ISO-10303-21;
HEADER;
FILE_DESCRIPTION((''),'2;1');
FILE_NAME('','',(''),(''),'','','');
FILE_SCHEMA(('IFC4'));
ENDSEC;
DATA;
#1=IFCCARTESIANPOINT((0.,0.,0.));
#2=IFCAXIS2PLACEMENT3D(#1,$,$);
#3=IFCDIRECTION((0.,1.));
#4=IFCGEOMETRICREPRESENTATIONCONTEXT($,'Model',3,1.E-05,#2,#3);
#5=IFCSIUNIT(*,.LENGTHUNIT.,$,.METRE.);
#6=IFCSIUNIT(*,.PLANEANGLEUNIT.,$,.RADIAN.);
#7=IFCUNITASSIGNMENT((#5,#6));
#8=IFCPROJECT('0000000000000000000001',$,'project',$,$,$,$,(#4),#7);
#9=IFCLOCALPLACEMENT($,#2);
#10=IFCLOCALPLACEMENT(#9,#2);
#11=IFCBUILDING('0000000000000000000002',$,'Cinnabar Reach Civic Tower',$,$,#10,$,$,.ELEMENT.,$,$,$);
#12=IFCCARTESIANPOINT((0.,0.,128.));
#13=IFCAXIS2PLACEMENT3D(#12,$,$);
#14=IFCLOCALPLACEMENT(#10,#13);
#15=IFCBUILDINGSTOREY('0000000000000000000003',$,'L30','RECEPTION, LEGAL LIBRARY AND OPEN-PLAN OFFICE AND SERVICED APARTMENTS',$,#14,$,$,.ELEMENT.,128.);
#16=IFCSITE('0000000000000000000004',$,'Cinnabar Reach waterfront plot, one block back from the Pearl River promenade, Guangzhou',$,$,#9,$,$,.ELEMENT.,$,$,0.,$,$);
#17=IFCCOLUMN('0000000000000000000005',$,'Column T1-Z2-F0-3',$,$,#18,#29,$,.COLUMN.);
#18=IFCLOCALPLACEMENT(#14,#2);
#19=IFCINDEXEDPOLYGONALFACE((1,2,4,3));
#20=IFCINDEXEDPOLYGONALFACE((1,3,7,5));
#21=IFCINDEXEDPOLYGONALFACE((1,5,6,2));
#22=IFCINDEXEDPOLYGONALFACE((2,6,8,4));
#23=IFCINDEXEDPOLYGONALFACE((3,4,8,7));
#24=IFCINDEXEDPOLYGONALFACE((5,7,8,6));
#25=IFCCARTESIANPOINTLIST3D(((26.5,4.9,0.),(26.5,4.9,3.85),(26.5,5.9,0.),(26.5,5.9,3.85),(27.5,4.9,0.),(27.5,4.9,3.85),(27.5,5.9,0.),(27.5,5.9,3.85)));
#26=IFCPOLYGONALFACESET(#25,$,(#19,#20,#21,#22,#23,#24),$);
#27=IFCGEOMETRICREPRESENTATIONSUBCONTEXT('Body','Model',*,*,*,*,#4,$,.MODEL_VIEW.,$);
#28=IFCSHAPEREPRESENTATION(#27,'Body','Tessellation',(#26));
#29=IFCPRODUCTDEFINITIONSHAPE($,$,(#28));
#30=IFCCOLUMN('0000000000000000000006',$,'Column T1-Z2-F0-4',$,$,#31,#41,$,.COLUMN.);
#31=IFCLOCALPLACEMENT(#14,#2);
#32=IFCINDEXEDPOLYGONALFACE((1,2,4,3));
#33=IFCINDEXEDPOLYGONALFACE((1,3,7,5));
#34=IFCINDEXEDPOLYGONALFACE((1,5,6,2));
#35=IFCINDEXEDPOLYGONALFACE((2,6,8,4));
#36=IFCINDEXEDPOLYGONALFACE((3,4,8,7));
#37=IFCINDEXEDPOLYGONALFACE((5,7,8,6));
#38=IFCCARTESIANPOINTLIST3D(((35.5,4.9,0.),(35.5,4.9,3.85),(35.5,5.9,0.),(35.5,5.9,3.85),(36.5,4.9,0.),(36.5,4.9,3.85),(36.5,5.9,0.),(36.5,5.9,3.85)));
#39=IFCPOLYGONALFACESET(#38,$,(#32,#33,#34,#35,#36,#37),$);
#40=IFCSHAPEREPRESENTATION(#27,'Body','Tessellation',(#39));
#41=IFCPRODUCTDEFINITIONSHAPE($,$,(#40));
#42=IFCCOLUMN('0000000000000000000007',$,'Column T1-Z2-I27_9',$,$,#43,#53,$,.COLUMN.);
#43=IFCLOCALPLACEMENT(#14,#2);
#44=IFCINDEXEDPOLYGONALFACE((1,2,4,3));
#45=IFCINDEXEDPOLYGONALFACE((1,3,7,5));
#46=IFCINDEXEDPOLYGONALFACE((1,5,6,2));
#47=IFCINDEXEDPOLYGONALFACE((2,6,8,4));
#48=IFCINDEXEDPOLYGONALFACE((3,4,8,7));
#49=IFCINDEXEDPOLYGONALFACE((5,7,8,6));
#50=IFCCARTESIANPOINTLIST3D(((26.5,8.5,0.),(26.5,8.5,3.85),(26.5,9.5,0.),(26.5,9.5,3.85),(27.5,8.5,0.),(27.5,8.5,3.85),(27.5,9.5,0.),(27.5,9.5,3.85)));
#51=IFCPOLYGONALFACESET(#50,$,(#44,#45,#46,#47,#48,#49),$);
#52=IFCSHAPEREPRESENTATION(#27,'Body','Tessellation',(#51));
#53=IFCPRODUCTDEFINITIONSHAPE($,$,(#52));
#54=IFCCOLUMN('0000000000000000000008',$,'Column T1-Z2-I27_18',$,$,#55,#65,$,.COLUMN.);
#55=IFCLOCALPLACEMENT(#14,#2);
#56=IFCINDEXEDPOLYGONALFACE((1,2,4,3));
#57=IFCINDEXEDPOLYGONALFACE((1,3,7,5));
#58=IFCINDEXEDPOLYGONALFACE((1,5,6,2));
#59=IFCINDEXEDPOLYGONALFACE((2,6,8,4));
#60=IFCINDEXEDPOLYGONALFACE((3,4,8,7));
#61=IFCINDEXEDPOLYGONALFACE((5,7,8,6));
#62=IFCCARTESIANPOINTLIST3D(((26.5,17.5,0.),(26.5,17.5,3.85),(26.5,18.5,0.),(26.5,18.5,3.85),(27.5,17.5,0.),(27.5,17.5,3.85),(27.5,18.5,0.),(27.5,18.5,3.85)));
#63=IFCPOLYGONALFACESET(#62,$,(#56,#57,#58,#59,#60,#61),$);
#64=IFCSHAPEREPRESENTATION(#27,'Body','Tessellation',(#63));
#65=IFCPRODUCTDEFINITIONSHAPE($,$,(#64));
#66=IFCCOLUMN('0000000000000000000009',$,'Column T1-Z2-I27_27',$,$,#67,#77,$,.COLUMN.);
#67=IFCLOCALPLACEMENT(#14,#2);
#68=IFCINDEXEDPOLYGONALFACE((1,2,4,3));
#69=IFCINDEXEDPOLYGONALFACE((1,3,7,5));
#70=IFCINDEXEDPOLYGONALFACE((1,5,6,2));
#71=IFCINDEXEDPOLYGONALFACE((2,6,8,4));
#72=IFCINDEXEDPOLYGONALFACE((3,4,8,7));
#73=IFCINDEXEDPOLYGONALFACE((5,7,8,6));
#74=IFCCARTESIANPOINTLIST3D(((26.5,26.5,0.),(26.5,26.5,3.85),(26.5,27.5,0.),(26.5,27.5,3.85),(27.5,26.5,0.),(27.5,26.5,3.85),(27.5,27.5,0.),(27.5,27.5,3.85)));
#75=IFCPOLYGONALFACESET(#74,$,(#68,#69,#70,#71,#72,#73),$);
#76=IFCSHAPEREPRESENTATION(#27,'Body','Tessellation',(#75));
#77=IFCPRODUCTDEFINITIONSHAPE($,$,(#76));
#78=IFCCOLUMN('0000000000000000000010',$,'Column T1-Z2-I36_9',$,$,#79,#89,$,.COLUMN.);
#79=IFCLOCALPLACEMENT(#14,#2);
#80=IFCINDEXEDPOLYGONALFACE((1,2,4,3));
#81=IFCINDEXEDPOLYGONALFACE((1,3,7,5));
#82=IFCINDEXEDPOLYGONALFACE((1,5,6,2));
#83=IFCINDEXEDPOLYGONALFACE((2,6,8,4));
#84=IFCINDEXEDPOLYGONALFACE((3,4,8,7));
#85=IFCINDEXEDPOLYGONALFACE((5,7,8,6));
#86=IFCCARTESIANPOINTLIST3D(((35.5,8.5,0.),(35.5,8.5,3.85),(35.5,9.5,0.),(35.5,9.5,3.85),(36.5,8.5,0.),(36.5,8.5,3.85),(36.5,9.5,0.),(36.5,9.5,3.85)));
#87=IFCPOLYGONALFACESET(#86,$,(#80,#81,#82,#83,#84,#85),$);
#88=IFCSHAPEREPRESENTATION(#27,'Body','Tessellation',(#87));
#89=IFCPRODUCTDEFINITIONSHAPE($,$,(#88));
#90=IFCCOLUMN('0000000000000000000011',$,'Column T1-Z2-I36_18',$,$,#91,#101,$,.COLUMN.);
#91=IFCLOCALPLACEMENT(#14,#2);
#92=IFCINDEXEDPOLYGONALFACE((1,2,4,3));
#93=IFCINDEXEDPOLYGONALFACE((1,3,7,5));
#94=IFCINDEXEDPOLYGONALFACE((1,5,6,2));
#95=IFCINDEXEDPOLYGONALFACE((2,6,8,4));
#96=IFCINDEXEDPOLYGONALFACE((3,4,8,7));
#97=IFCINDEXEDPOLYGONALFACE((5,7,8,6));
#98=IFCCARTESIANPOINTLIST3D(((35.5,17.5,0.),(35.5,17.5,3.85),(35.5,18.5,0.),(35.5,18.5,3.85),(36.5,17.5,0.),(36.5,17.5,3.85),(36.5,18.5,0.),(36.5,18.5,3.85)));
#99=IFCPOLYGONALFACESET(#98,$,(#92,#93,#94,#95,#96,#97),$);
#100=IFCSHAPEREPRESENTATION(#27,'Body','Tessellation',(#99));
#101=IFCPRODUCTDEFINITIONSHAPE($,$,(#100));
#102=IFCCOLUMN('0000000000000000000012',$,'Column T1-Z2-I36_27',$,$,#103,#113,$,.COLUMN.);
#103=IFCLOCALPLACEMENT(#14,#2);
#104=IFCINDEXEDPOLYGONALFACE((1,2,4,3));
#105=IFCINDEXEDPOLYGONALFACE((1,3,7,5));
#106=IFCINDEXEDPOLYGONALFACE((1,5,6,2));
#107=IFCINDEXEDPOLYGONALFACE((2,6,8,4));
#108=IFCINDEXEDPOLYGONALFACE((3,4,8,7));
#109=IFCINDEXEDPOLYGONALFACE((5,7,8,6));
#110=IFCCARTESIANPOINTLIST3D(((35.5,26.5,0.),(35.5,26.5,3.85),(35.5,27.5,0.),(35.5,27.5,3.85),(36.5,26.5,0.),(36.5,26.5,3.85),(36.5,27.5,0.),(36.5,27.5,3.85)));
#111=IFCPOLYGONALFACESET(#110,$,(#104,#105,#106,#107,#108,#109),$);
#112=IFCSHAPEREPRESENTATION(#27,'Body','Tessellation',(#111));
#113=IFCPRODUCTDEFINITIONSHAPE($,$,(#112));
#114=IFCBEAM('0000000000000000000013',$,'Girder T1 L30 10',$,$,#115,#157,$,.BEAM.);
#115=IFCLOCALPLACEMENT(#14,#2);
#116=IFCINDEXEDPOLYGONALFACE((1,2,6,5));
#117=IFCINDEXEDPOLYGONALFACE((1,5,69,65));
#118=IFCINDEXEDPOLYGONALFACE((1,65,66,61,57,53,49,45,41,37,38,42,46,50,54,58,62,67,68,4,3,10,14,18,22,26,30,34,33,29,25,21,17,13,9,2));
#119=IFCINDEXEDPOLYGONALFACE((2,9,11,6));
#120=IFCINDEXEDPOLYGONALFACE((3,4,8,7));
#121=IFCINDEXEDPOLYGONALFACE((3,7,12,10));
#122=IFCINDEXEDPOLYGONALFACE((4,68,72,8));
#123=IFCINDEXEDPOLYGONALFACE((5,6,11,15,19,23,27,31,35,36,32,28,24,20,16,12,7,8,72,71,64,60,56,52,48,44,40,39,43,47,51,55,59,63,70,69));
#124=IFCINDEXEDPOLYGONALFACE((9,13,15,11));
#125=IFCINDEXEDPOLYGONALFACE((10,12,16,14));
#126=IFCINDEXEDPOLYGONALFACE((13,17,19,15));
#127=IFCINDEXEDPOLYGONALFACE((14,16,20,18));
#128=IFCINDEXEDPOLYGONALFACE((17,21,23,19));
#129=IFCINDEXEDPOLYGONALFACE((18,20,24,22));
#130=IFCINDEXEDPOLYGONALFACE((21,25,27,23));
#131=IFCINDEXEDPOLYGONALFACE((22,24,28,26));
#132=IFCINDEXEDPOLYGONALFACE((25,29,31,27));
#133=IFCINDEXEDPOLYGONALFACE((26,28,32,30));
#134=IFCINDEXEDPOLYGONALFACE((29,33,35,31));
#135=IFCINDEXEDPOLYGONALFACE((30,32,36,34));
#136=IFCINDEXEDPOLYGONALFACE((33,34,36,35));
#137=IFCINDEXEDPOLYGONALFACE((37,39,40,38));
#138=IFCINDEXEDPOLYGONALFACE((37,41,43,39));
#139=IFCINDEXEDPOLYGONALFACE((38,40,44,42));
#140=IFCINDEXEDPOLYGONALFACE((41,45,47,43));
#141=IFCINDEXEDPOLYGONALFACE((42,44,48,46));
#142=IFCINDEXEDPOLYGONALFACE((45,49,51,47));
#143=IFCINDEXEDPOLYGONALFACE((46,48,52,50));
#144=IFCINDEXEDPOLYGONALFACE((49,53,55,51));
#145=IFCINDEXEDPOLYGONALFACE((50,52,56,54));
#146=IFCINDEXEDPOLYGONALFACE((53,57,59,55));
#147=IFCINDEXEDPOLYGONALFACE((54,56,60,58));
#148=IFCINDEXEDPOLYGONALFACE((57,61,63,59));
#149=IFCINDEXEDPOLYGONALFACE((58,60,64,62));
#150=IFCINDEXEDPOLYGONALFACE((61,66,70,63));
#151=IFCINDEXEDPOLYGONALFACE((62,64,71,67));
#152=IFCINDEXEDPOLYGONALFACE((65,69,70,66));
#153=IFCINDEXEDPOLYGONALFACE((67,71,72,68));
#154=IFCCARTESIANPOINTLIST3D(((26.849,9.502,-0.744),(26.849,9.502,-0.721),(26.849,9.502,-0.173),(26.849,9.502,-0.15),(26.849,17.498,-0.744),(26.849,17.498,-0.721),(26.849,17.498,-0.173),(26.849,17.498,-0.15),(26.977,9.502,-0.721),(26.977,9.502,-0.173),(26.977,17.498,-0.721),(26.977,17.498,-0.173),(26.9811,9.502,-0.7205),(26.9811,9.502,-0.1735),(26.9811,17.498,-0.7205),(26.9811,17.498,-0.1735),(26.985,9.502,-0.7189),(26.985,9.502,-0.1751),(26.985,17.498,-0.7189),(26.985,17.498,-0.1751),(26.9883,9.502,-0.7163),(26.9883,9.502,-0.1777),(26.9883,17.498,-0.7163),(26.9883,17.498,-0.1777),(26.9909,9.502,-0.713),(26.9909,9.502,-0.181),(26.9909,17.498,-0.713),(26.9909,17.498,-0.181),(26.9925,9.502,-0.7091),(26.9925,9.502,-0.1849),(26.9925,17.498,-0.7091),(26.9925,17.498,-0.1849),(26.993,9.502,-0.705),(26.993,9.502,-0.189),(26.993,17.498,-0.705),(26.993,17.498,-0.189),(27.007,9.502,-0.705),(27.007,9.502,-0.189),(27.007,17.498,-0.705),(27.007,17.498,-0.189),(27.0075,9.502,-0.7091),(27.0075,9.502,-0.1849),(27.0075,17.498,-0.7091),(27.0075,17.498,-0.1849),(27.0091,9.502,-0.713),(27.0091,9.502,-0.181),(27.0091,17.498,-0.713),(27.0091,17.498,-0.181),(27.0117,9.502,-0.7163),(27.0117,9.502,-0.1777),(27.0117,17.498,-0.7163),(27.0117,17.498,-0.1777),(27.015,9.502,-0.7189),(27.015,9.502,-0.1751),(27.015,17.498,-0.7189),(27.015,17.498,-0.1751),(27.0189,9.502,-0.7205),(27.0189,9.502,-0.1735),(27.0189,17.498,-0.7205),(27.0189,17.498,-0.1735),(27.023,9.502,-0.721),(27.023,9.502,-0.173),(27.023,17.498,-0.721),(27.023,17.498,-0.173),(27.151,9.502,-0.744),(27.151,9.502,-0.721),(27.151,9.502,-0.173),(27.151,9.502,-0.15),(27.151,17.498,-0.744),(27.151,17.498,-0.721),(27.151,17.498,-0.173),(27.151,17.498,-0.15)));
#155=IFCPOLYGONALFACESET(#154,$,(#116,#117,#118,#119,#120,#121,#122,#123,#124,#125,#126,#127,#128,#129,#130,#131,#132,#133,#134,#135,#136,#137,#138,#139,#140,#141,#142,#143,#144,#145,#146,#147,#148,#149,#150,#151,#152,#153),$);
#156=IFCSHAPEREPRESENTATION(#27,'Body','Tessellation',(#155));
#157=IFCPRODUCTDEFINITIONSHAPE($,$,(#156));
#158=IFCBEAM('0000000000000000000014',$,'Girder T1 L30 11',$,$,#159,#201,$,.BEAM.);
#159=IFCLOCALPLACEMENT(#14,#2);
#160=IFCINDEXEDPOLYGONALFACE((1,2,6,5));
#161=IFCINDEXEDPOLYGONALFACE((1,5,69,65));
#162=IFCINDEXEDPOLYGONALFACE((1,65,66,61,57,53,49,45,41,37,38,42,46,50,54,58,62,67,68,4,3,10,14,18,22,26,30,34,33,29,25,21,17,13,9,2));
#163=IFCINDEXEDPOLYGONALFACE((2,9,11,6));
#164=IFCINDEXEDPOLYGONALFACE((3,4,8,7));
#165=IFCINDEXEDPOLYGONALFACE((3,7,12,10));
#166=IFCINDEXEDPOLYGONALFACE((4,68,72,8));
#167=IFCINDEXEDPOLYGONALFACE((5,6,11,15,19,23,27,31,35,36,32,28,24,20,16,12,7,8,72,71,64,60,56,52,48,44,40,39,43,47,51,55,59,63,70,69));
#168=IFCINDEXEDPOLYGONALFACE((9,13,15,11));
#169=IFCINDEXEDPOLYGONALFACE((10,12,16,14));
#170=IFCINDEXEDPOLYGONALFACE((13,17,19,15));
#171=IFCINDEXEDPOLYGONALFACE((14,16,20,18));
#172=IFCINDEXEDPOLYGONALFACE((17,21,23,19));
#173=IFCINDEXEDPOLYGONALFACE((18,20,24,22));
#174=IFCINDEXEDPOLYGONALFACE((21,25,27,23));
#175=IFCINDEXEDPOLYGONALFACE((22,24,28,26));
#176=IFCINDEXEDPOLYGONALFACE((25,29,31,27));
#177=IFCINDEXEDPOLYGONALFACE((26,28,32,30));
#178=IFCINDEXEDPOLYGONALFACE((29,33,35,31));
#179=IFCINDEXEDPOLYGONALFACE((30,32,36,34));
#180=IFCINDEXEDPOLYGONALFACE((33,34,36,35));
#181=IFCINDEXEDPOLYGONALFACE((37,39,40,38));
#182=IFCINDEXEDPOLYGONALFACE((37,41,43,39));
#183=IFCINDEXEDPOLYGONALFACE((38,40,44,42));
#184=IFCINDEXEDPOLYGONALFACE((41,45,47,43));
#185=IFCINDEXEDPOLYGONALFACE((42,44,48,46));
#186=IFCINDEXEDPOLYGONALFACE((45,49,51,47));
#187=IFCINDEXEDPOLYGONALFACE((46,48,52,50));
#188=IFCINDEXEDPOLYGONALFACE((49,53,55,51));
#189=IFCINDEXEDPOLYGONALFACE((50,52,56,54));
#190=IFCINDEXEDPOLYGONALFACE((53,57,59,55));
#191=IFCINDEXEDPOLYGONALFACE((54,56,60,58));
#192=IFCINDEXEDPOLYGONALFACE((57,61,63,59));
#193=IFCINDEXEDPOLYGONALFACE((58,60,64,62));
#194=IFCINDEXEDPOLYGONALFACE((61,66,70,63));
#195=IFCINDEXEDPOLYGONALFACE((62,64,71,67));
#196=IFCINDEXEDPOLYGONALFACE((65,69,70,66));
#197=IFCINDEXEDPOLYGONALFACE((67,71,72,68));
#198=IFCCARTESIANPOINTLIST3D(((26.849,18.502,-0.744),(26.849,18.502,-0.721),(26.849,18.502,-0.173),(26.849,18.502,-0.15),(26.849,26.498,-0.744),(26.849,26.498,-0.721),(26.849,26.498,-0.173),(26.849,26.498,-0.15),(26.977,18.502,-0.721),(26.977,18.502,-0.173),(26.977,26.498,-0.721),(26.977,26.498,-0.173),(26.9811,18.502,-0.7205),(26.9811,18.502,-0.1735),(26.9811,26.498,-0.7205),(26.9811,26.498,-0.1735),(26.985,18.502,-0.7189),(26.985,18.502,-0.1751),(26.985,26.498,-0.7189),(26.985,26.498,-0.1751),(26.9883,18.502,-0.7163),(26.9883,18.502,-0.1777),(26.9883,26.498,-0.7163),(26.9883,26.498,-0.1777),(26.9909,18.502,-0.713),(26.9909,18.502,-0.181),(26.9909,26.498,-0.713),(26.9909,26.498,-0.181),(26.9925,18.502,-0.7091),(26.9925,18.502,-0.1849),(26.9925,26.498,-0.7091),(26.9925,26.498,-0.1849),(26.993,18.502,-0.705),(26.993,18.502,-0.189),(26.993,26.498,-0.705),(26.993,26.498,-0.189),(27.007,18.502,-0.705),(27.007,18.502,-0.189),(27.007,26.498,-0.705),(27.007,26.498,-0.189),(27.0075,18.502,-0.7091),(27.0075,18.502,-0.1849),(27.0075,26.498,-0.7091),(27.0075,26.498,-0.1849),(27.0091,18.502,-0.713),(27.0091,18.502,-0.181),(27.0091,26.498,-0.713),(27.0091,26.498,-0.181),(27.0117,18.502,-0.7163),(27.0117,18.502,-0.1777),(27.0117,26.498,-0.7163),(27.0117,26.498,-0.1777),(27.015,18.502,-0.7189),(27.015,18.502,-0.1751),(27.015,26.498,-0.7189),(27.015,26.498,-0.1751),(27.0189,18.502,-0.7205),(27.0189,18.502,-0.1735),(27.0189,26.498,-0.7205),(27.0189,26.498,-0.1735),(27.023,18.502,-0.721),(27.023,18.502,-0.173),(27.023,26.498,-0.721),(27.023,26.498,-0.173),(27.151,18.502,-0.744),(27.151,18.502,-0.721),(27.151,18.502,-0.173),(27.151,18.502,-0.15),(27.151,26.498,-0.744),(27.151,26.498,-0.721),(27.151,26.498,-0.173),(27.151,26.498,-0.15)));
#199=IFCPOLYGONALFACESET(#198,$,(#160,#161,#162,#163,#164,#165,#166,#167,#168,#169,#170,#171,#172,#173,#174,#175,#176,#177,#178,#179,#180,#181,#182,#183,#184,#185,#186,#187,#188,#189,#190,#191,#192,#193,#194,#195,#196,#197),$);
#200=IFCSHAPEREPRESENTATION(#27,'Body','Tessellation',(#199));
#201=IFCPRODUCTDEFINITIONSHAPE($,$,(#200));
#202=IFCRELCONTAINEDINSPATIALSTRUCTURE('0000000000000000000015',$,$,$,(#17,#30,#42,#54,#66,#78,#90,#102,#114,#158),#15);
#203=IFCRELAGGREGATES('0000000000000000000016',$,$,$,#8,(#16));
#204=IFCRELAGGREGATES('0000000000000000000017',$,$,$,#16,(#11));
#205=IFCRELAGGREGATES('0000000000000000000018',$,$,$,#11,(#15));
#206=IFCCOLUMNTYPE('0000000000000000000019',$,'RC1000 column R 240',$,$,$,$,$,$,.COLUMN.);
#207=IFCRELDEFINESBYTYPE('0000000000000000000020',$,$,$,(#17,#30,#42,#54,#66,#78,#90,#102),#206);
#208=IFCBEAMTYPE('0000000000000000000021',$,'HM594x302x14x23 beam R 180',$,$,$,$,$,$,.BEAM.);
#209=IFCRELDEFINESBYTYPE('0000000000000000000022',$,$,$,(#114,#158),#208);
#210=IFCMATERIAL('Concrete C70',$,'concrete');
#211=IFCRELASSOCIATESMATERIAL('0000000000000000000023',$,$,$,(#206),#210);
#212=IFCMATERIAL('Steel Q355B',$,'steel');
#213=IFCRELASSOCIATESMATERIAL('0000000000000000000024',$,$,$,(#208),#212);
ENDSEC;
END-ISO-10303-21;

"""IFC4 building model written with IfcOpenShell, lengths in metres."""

from ifc_helpers import new_model, si_unit, direction, frame, origin, origin_2d, place, context, subcontext, project, spatial, rectangle, i_section, extrude, material, material_profile, profile_set, type_object, element, save


model = new_model("IFC4")

# Units and contexts
model_context = context("Model", 3, precision=1e-05, world=origin(), true_north=direction((0.0, 1.0)))
body_context = subcontext(model_context, "Body", "Model", "MODEL_VIEW")
ifc_project = project(units=[si_unit("LENGTHUNIT", "METRE"), si_unit("PLANEANGLEUNIT", "RADIAN")], contexts=[model_context])

# Site, building, storey
site_placement = place(None, origin())
site = spatial("IfcSite", under=ifc_project, at=site_placement, Name="Cinnabar Reach waterfront plot, one block back from the Pearl River promenade, Guangzhou", CompositionType="ELEMENT", RefElevation=0.0)
building_placement = place(site_placement, origin())
building = spatial("IfcBuilding", under=site, at=building_placement, Name="Cinnabar Reach Civic Tower", CompositionType="ELEMENT")
storey_placement = place(building_placement, frame((0.0, 0.0, 128.0)))
storey = spatial("IfcBuildingStorey", under=building, at=storey_placement, Name="L30", Description="RECEPTION, LEGAL LIBRARY AND OPEN-PLAN OFFICE AND SERVICED APARTMENTS", CompositionType="ELEMENT", Elevation=128.0)

# Columns
ifc_material_1 = material(Name="Concrete C70", Category="concrete")
ifc_material_profile_1 = material_profile(ifc_material_1, rectangle(XDim=1.0, YDim=1.0, at=origin_2d()), Name="RC1000")
ifc_profile_set_1 = profile_set([ifc_material_profile_1], Name="Concrete C70")
column_type = type_object("IfcColumnType", Name="RC1000 column R 240", PredefinedType="COLUMN", material=ifc_profile_set_1)
for number, where, z_axis, x_axis, name in (
    (1, (27.0, 5.4, 0.0), (0.0, 0.0, 1.0), (1.0, 0.0, 0.0), "Column T1-Z2-F0-3"),
    (2, (36.0, 5.4, 0.0), (0.0, 0.0, 1.0), (1.0, 0.0, 0.0), "Column T1-Z2-F0-4"),
    (3, (27.0, 9.0, 0.0), (0.0, 0.0, 1.0), (1.0, 0.0, 0.0), "Column T1-Z2-I27_9"),
    (4, (27.0, 18.0, 0.0), (0.0, 0.0, 1.0), (1.0, 0.0, 0.0), "Column T1-Z2-I27_18"),
    (5, (27.0, 27.0, 0.0), (0.0, 0.0, 1.0), (1.0, 0.0, 0.0), "Column T1-Z2-I27_27"),
    (6, (36.0, 9.0, 0.0), (0.0, 0.0, 1.0), (1.0, 0.0, 0.0), "Column T1-Z2-I36_9"),
    (7, (36.0, 18.0, 0.0), (0.0, 0.0, 1.0), (1.0, 0.0, 0.0), "Column T1-Z2-I36_18"),
    (8, (36.0, 27.0, 0.0), (0.0, 0.0, 1.0), (1.0, 0.0, 0.0), "Column T1-Z2-I36_27"),
):
    element("IfcColumn", number, at=place(storey_placement, frame(where, z_axis=z_axis, x_axis=x_axis)), inside=storey, type_object=column_type, Name=name, PredefinedType="COLUMN", context=body_context, shape_type="SweptSolid", body=[
        extrude(rectangle(XDim=1.0, YDim=1.0, at=origin_2d()), origin(), (0.0, 0.0, 1.0), 3.85),
    ])

# Beams
ifc_material_2 = material(Name="Steel Q355B", Category="steel")
ifc_material_profile_2 = material_profile(ifc_material_2, i_section(OverallWidth=0.302, OverallDepth=0.594, WebThickness=0.014, FlangeThickness=0.023, FilletRadius=0.016, at=origin_2d()), Name="HM594x302x14x23")
ifc_profile_set_2 = profile_set([ifc_material_profile_2], Name="Steel Q355B")
beam_type_1 = type_object("IfcBeamType", Name="HM594x302x14x23 beam R 180", PredefinedType="BEAM", material=ifc_profile_set_2)
for number, where, z_axis, x_axis, name in (
    (9, (27.0, 9.502, -0.447), (0.0, 1.0, 0.0), (-1.0, 0.0, 0.0), "Girder T1 L30 10"),
    (10, (27.0, 18.502, -0.447), (0.0, 1.0, 0.0), (-1.0, 0.0, 0.0), "Girder T1 L30 11"),
):
    element("IfcBeam", number, at=place(storey_placement, frame(where, z_axis=z_axis, x_axis=x_axis)), inside=storey, type_object=beam_type_1, Name=name, PredefinedType="BEAM", context=body_context, shape_type="SweptSolid", body=[
        extrude(i_section(OverallWidth=0.302, OverallDepth=0.594, WebThickness=0.014, FlangeThickness=0.023, FilletRadius=0.016, at=origin_2d()), origin(), (0.0, 0.0, 1.0), 7.996),
    ])

save(model, "model.ifc")
